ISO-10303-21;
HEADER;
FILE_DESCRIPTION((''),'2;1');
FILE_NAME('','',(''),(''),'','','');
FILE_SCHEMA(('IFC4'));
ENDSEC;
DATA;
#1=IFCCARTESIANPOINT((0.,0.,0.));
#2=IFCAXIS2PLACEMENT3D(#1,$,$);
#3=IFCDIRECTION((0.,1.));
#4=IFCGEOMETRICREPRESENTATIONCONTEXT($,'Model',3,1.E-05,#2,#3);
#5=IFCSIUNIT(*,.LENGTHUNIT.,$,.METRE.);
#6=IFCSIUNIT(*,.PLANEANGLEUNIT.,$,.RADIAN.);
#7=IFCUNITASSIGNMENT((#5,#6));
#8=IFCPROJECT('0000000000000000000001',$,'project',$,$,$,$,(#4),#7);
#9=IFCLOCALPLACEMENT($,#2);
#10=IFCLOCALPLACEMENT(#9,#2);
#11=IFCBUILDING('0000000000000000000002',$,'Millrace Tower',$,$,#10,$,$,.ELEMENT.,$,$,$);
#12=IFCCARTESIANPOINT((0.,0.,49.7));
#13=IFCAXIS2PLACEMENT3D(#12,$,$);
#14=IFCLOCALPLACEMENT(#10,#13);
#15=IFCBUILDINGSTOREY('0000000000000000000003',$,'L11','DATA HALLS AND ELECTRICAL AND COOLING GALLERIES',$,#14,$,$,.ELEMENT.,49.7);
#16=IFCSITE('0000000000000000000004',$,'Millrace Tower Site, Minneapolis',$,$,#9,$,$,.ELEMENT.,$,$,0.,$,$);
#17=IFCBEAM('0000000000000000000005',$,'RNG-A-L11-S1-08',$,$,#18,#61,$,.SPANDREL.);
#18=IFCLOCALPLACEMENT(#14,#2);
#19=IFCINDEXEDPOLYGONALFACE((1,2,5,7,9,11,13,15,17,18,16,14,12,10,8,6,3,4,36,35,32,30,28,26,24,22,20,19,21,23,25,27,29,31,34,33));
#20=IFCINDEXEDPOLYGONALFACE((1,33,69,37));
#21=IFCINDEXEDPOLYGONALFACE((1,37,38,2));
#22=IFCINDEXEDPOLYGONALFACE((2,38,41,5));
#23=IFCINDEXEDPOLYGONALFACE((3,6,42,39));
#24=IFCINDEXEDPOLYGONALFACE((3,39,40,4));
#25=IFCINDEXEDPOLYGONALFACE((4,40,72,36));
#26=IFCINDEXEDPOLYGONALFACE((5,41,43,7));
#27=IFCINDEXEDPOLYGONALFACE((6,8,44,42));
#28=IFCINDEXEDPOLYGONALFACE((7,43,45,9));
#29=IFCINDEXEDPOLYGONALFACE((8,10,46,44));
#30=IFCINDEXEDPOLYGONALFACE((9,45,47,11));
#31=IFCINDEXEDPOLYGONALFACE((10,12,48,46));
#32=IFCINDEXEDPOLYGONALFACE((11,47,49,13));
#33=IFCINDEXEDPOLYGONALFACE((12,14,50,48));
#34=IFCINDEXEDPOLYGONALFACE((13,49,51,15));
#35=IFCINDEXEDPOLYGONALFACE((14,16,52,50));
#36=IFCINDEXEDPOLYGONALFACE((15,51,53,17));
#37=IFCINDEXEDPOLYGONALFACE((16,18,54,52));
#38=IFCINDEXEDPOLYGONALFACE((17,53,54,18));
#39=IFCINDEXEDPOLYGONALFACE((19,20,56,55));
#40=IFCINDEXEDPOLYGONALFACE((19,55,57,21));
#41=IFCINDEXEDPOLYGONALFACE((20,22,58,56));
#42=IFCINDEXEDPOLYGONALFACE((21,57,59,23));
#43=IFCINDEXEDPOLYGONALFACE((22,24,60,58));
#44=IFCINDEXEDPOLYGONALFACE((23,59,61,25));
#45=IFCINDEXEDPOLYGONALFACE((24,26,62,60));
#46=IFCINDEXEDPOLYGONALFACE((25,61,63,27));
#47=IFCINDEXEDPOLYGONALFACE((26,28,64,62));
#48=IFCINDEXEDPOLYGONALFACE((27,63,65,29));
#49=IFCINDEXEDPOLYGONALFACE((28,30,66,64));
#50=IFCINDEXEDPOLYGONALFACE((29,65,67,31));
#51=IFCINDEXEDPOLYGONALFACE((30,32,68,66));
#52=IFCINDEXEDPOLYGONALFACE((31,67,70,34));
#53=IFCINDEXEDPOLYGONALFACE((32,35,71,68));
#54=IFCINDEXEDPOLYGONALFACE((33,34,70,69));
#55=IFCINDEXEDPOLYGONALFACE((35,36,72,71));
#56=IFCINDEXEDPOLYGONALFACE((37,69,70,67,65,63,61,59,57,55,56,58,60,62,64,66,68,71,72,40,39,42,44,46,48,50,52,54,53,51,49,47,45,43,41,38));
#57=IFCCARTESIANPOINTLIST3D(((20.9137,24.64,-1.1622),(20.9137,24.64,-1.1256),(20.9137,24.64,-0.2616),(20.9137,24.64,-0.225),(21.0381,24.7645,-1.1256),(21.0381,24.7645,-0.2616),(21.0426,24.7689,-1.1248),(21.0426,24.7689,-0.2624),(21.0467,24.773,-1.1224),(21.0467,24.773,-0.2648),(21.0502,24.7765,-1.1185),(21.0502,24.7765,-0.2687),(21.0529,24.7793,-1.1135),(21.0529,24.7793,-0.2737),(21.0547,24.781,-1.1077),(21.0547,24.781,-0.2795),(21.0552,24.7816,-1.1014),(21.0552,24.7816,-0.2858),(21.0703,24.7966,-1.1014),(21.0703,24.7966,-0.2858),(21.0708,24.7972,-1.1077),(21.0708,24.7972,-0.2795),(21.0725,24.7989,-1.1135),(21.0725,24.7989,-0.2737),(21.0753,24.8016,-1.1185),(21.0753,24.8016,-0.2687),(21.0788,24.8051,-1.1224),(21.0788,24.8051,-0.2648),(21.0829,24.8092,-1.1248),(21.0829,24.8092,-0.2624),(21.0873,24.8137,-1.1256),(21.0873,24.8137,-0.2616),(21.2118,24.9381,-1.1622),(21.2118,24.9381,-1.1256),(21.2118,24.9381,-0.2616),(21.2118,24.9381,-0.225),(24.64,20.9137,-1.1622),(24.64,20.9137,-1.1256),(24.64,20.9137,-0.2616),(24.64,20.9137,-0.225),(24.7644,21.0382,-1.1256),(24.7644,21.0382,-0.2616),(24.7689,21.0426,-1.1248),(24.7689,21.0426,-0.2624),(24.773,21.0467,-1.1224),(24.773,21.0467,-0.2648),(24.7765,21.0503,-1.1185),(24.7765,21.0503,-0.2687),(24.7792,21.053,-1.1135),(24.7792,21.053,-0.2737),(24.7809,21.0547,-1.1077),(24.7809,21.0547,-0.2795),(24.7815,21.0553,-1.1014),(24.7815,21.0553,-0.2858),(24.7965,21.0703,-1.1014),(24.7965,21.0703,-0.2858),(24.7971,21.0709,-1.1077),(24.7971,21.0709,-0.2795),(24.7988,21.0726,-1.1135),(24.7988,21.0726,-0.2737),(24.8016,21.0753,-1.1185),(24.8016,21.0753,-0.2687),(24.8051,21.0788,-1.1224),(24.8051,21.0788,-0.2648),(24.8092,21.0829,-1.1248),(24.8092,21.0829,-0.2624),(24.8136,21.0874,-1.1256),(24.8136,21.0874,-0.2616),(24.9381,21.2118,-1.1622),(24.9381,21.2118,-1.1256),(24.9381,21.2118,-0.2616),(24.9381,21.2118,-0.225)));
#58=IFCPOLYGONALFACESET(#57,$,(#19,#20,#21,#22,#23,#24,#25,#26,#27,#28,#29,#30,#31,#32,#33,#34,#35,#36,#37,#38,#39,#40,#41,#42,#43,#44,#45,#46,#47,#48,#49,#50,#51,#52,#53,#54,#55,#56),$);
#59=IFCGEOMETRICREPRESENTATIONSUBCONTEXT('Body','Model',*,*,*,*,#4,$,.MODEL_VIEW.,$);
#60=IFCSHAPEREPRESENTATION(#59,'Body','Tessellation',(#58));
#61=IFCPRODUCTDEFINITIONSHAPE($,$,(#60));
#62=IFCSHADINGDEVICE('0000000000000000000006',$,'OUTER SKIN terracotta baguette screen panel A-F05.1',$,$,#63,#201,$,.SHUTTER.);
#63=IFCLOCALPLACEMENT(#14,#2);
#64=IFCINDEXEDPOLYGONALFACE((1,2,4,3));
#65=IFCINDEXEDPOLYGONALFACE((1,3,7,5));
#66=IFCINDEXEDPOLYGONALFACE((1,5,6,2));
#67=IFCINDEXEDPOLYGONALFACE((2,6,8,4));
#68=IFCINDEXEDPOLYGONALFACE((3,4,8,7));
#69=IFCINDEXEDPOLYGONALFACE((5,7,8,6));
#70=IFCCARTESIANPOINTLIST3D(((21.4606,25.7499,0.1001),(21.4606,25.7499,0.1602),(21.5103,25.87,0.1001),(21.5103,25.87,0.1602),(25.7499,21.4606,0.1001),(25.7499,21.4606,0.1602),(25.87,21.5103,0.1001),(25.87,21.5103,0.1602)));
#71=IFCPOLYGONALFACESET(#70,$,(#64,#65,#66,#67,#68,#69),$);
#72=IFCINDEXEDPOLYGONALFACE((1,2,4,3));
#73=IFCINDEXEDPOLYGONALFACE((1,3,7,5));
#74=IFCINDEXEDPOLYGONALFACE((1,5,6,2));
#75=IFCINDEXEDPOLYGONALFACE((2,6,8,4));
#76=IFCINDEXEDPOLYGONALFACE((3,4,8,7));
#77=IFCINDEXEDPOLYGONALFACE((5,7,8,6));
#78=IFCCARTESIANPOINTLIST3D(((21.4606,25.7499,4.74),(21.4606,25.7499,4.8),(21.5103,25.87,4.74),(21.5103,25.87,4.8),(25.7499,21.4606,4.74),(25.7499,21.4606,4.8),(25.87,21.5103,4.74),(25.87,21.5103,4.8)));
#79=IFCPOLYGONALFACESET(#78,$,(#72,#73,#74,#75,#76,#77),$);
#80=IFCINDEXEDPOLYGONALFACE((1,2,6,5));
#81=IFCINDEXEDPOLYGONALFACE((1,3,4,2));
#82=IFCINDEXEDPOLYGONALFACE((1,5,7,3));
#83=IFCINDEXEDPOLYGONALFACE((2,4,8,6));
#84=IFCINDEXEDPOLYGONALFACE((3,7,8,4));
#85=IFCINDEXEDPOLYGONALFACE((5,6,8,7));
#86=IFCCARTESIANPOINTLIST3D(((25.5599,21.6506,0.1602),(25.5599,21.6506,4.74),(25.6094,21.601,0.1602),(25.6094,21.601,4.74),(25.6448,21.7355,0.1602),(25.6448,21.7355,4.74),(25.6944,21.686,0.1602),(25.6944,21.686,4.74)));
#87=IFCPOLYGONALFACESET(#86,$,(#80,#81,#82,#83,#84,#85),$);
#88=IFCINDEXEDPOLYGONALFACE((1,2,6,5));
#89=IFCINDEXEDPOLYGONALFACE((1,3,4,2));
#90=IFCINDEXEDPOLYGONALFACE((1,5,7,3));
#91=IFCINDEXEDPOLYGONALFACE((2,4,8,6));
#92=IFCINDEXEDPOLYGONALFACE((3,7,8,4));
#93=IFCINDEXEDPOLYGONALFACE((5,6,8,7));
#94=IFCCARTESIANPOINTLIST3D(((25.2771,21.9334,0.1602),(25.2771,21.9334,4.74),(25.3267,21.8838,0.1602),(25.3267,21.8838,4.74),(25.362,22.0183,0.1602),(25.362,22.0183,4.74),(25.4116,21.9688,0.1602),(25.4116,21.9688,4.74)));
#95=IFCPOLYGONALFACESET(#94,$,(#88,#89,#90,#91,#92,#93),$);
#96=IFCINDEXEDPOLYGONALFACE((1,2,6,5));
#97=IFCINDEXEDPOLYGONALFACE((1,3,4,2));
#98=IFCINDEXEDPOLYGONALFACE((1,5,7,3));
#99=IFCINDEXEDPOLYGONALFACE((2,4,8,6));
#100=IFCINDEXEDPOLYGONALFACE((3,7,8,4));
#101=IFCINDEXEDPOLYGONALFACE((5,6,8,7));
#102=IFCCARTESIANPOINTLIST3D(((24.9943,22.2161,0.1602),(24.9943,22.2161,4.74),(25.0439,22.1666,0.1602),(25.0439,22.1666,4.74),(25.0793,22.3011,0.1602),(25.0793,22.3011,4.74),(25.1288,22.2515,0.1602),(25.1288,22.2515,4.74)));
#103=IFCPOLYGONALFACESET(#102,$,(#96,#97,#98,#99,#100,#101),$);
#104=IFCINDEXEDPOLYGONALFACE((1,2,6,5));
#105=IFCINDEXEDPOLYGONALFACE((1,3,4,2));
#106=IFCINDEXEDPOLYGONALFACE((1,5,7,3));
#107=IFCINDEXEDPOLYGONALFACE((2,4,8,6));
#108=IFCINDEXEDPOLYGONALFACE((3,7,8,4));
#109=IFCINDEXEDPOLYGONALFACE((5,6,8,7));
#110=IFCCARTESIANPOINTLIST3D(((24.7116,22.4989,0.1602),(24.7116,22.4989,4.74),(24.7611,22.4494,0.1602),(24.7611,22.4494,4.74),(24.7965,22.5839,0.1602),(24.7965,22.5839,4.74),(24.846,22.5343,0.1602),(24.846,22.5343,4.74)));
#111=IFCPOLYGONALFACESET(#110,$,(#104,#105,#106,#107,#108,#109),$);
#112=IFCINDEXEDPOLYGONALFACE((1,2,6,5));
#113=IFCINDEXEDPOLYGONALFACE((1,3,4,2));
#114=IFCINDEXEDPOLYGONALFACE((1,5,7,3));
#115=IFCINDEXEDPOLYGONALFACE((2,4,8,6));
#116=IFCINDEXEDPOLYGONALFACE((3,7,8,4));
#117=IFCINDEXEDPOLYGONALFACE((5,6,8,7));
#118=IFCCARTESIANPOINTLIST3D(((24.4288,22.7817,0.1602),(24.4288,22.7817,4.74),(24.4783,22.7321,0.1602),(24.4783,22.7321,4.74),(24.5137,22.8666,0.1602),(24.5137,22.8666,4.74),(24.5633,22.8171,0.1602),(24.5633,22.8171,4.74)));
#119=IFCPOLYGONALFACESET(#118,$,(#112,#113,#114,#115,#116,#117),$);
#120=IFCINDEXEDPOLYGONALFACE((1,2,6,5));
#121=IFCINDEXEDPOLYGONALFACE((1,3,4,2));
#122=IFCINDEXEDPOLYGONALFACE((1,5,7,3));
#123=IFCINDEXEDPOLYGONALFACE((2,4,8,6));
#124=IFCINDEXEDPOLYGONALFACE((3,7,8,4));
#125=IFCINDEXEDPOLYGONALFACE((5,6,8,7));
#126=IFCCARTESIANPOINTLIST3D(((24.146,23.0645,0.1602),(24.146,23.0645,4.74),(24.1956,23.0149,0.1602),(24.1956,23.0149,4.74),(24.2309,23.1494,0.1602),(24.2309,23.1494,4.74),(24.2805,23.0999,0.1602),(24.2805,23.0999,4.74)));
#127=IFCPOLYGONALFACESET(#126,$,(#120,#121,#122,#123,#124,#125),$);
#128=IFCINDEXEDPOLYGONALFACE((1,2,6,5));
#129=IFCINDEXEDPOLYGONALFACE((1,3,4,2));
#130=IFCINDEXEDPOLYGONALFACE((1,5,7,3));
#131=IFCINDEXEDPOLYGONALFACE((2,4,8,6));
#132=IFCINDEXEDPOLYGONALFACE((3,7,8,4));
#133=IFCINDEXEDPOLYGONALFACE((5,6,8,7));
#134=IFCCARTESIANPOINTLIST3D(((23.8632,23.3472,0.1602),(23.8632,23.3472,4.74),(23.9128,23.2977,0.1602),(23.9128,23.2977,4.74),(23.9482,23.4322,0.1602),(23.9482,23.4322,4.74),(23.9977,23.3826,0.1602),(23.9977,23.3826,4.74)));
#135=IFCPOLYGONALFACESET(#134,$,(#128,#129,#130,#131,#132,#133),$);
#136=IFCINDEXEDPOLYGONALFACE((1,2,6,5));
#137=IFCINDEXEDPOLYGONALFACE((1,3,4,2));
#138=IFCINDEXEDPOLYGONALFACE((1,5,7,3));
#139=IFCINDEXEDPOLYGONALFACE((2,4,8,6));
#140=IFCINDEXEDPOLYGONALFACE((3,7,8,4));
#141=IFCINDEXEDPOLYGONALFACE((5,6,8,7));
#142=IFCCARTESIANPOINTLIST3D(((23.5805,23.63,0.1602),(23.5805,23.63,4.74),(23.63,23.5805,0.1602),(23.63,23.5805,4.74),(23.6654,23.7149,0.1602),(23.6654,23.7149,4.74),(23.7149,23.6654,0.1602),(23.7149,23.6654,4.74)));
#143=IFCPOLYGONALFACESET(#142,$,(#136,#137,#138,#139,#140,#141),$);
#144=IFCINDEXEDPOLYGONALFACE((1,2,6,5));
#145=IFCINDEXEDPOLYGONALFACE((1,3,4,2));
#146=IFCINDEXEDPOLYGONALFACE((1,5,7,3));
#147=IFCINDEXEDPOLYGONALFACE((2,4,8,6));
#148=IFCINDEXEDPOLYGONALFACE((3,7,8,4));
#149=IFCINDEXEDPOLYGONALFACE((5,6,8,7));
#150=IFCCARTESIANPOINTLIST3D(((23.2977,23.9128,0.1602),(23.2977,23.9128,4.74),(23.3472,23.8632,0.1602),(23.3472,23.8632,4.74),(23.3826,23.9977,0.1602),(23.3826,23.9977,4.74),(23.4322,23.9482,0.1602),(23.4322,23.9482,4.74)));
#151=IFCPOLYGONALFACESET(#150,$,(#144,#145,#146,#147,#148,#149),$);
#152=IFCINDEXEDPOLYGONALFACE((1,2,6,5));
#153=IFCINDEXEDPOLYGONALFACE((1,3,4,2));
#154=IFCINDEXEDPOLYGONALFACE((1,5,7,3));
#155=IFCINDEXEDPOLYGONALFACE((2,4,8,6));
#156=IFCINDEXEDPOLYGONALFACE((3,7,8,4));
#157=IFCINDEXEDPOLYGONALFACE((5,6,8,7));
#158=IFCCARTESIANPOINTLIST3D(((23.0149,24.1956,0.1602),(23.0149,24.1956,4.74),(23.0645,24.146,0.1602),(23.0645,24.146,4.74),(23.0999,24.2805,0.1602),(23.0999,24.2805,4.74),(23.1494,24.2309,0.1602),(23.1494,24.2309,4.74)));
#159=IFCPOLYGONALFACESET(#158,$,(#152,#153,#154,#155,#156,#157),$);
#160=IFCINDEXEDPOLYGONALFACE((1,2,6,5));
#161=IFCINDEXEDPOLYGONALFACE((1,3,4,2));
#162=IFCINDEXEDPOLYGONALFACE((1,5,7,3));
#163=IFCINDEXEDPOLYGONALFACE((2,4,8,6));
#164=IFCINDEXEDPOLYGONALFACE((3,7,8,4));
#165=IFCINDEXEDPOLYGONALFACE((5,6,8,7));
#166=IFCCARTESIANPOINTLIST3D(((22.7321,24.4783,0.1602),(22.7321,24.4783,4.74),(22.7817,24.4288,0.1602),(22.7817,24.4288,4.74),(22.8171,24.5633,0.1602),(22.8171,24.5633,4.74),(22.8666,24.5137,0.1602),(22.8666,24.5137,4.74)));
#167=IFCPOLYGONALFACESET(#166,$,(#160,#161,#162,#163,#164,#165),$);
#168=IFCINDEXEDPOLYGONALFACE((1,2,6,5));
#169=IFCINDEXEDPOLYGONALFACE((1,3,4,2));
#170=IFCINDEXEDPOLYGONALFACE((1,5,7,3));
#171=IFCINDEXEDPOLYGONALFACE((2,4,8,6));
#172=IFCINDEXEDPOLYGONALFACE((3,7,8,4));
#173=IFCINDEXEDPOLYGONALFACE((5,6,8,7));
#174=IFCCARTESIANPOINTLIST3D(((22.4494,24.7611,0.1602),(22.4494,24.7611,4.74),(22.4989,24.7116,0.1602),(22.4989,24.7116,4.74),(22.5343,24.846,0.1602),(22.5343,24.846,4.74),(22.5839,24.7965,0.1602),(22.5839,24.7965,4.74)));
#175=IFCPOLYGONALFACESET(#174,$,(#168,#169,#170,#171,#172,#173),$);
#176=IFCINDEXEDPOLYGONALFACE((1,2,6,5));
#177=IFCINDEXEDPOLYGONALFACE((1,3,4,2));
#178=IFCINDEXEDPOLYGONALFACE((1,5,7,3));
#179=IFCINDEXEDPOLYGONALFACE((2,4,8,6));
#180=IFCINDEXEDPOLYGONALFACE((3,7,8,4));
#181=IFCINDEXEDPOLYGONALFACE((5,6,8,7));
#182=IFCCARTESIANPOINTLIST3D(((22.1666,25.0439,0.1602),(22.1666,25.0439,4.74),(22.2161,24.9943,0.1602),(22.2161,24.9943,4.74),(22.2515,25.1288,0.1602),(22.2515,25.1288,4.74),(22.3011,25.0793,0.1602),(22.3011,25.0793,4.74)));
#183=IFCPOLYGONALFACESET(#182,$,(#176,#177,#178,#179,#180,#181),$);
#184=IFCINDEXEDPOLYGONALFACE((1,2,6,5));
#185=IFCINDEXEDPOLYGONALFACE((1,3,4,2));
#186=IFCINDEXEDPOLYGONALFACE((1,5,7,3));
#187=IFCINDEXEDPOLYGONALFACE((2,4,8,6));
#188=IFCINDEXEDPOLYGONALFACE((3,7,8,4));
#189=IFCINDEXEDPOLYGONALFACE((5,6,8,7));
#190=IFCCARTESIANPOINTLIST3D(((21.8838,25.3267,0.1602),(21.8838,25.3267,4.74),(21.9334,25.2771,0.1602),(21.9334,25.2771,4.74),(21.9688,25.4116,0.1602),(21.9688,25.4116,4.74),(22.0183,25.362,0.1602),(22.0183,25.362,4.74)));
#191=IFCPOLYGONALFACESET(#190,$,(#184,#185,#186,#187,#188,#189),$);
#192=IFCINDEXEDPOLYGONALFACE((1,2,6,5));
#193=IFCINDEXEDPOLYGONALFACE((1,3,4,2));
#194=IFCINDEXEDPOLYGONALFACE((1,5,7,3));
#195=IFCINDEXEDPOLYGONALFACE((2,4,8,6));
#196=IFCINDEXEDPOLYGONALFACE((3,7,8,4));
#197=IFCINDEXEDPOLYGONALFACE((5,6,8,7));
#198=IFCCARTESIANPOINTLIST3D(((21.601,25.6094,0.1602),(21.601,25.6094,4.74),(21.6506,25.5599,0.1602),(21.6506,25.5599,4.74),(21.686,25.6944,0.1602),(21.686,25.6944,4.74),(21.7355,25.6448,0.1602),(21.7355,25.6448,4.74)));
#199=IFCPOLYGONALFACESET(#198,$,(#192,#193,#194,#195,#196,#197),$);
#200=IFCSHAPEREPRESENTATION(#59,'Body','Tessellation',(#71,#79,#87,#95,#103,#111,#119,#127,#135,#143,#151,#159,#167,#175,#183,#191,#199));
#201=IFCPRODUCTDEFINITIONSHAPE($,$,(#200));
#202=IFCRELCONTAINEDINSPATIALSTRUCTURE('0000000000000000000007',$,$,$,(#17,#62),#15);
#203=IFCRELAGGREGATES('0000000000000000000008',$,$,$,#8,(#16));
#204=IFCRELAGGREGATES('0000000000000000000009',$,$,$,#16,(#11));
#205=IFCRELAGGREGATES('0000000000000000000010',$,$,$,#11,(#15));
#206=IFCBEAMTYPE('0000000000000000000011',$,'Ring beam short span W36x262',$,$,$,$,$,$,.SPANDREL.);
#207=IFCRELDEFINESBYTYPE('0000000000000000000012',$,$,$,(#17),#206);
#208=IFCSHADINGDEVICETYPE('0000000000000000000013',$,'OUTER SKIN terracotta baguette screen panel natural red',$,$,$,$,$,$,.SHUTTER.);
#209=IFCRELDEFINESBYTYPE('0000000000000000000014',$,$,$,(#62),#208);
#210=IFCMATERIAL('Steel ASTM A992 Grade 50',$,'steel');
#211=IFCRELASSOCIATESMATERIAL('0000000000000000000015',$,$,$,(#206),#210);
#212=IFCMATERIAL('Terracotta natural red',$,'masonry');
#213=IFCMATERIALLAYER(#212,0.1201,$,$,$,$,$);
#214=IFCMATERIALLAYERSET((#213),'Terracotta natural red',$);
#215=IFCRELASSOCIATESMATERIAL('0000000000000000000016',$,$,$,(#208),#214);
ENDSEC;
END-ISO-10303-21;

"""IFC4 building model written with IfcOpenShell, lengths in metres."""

from ifc_helpers import new_model, entity, si_unit, direction, frame, frame_2d, origin, origin_2d, place, context, subcontext, project, spatial, rectangle, i_section, extrude, source, transform, mapped, material, layer, layer_set, material_profile, profile_set, type_object, element, save


model = new_model("IFC4")

# Units and contexts
model_context = context("Model", 3, precision=1e-05, world=origin(), true_north=direction((0.0, 1.0)))
body_context = subcontext(model_context, "Body", "Model", "MODEL_VIEW")
ifc_project = project(units=[si_unit("LENGTHUNIT", "METRE"), si_unit("PLANEANGLEUNIT", "RADIAN")], contexts=[model_context])

# Site, building, storey
site_placement = place(None, origin())
site = spatial("IfcSite", under=ifc_project, at=site_placement, Name="Millrace Tower Site, Minneapolis", CompositionType="ELEMENT", RefElevation=0.0)
building_placement = place(site_placement, origin())
building = spatial("IfcBuilding", under=site, at=building_placement, Name="Millrace Tower", CompositionType="ELEMENT")
storey_placement = place(building_placement, frame((0.0, 0.0, 49.7)))
storey = spatial("IfcBuildingStorey", under=building, at=storey_placement, Name="L11", Description="DATA HALLS AND ELECTRICAL AND COOLING GALLERIES", CompositionType="ELEMENT", Elevation=49.7)

# Beam
ifc_material_1 = material(Name="Steel ASTM A992 Grade 50", Category="steel")
ifc_material_profile_1 = material_profile(ifc_material_1, i_section(OverallWidth=0.4216, OverallDepth=0.9373, WebThickness=0.0212, FlangeThickness=0.0366, FilletRadius=0.0242, at=origin_2d()))
ifc_profile_set_1 = profile_set([ifc_material_profile_1], Name="Steel ASTM A992 Grade 50")
beam_type_1 = type_object("IfcBeamType", Name="Ring beam short span W36x262", PredefinedType="SPANDREL", material=ifc_profile_set_1)
beam_1_placement = place(storey_placement, frame((21.0627, 24.7891, -0.6936), z_axis=(0.707107, -0.707107, 0.0), x_axis=(0.707107, 0.707107, 0.0)))
element("IfcBeam", 1, at=beam_1_placement, inside=storey, type_object=beam_type_1, Name="RNG-A-L11-S1-08", PredefinedType="SPANDREL", context=body_context, shape_type="SweptSolid", body=[
    extrude(i_section(OverallWidth=0.4216, OverallDepth=0.9373, WebThickness=0.0212, FlangeThickness=0.0366, FilletRadius=0.0242, at=origin_2d()), origin(), (0.0, 0.0, 1.0), 5.2698),
])

# Shading device
ifc_material_2 = material(Name="Terracotta natural red", Category="masonry")
ifc_layer_1 = layer(ifc_material_2, 0.1201)
ifc_layer_set_1 = layer_set([ifc_layer_1], Name="Terracotta natural red")
shading_device_type_1 = type_object("IfcShadingDeviceType", Name="OUTER SKIN terracotta baguette screen panel natural red", PredefinedType="SHUTTER", material=ifc_layer_set_1)
cartesian_point_1 = entity("IfcCartesianPoint", [-3.033, 0.0601])
shared_polyline_1 = entity("IfcPolyline", [cartesian_point_1, entity("IfcCartesianPoint", [3.033, 0.0601]), entity("IfcCartesianPoint", [3.0828, -0.0601]), entity("IfcCartesianPoint", [-3.0828, -0.0601]), cartesian_point_1])
shared_shape_1 = source(origin(), body_context, "Body", "SweptSolid", [
    entity("IfcExtrudedAreaSolid", entity("IfcArbitraryClosedProfileDef", "AREA", None, shared_polyline_1), entity("IfcAxis2Placement3D", entity("IfcCartesianPoint", [0.0, 0.0, 0.0])), entity("IfcDirection", [0.0, 0.0, 1.0]), 0.0601),
    entity("IfcExtrudedAreaSolid", entity("IfcArbitraryClosedProfileDef", "AREA", None, shared_polyline_1), entity("IfcAxis2Placement3D", entity("IfcCartesianPoint", [0.0, 0.0, 4.6399])), entity("IfcDirection", [0.0, 0.0, 1.0]), 0.0601),
    extrude(rectangle(XDim=0.0701, YDim=0.1201, at=frame_2d((-2.7993, 0.0))), frame((0.0, 0.0, 0.0601)), (0.0, 0.0, 1.0), 4.5798),
    extrude(rectangle(XDim=0.0701, YDim=0.1201, at=frame_2d((-2.3994, 0.0))), frame((0.0, 0.0, 0.0601)), (0.0, 0.0, 1.0), 4.5798),
    extrude(rectangle(XDim=0.0701, YDim=0.1201, at=frame_2d((-1.9995, 0.0))), frame((0.0, 0.0, 0.0601)), (0.0, 0.0, 1.0), 4.5798),
    extrude(rectangle(XDim=0.0701, YDim=0.1201, at=frame_2d((-1.5996, 0.0))), frame((0.0, 0.0, 0.0601)), (0.0, 0.0, 1.0), 4.5798),
    extrude(rectangle(XDim=0.0701, YDim=0.1201, at=frame_2d((-1.1997, 0.0))), frame((0.0, 0.0, 0.0601)), (0.0, 0.0, 1.0), 4.5798),
    extrude(rectangle(XDim=0.0701, YDim=0.1201, at=frame_2d((-0.7998, 0.0))), frame((0.0, 0.0, 0.0601)), (0.0, 0.0, 1.0), 4.5798),
    extrude(rectangle(XDim=0.0701, YDim=0.1201, at=frame_2d((-0.3999, 0.0))), frame((0.0, 0.0, 0.0601)), (0.0, 0.0, 1.0), 4.5798),
    extrude(rectangle(XDim=0.0701, YDim=0.1201, at=origin_2d()), frame((0.0, 0.0, 0.0601)), (0.0, 0.0, 1.0), 4.5798),
    extrude(rectangle(XDim=0.0701, YDim=0.1201, at=frame_2d((0.3999, 0.0))), frame((0.0, 0.0, 0.0601)), (0.0, 0.0, 1.0), 4.5798),
    extrude(rectangle(XDim=0.0701, YDim=0.1201, at=frame_2d((0.7998, 0.0))), frame((0.0, 0.0, 0.0601)), (0.0, 0.0, 1.0), 4.5798),
    extrude(rectangle(XDim=0.0701, YDim=0.1201, at=frame_2d((1.1997, 0.0))), frame((0.0, 0.0, 0.0601)), (0.0, 0.0, 1.0), 4.5798),
    extrude(rectangle(XDim=0.0701, YDim=0.1201, at=frame_2d((1.5996, 0.0))), frame((0.0, 0.0, 0.0601)), (0.0, 0.0, 1.0), 4.5798),
    extrude(rectangle(XDim=0.0701, YDim=0.1201, at=frame_2d((1.9995, 0.0))), frame((0.0, 0.0, 0.0601)), (0.0, 0.0, 1.0), 4.5798),
    extrude(rectangle(XDim=0.0701, YDim=0.1201, at=frame_2d((2.3994, 0.0))), frame((0.0, 0.0, 0.0601)), (0.0, 0.0, 1.0), 4.5798),
    extrude(rectangle(XDim=0.0701, YDim=0.1201, at=frame_2d((2.7993, 0.0))), frame((0.0, 0.0, 0.0601)), (0.0, 0.0, 1.0), 4.5798),
])
shading_device_1_placement = place(storey_placement, frame((23.6477, 23.6477, 0.1001), z_axis=(0.0, 0.0, 1.0), x_axis=(-0.707107, 0.707107, 0.0)))
element("IfcShadingDevice", 2, at=shading_device_1_placement, inside=storey, type_object=shading_device_type_1, Name="OUTER SKIN terracotta baguette screen panel A-F05.1", PredefinedType="SHUTTER", context=body_context, shape_type="MappedRepresentation", body=[
    mapped(shared_shape_1, transform((0.0, 0.0, 0.0), scale=1.0)),
])

save(model, "model.ifc")
